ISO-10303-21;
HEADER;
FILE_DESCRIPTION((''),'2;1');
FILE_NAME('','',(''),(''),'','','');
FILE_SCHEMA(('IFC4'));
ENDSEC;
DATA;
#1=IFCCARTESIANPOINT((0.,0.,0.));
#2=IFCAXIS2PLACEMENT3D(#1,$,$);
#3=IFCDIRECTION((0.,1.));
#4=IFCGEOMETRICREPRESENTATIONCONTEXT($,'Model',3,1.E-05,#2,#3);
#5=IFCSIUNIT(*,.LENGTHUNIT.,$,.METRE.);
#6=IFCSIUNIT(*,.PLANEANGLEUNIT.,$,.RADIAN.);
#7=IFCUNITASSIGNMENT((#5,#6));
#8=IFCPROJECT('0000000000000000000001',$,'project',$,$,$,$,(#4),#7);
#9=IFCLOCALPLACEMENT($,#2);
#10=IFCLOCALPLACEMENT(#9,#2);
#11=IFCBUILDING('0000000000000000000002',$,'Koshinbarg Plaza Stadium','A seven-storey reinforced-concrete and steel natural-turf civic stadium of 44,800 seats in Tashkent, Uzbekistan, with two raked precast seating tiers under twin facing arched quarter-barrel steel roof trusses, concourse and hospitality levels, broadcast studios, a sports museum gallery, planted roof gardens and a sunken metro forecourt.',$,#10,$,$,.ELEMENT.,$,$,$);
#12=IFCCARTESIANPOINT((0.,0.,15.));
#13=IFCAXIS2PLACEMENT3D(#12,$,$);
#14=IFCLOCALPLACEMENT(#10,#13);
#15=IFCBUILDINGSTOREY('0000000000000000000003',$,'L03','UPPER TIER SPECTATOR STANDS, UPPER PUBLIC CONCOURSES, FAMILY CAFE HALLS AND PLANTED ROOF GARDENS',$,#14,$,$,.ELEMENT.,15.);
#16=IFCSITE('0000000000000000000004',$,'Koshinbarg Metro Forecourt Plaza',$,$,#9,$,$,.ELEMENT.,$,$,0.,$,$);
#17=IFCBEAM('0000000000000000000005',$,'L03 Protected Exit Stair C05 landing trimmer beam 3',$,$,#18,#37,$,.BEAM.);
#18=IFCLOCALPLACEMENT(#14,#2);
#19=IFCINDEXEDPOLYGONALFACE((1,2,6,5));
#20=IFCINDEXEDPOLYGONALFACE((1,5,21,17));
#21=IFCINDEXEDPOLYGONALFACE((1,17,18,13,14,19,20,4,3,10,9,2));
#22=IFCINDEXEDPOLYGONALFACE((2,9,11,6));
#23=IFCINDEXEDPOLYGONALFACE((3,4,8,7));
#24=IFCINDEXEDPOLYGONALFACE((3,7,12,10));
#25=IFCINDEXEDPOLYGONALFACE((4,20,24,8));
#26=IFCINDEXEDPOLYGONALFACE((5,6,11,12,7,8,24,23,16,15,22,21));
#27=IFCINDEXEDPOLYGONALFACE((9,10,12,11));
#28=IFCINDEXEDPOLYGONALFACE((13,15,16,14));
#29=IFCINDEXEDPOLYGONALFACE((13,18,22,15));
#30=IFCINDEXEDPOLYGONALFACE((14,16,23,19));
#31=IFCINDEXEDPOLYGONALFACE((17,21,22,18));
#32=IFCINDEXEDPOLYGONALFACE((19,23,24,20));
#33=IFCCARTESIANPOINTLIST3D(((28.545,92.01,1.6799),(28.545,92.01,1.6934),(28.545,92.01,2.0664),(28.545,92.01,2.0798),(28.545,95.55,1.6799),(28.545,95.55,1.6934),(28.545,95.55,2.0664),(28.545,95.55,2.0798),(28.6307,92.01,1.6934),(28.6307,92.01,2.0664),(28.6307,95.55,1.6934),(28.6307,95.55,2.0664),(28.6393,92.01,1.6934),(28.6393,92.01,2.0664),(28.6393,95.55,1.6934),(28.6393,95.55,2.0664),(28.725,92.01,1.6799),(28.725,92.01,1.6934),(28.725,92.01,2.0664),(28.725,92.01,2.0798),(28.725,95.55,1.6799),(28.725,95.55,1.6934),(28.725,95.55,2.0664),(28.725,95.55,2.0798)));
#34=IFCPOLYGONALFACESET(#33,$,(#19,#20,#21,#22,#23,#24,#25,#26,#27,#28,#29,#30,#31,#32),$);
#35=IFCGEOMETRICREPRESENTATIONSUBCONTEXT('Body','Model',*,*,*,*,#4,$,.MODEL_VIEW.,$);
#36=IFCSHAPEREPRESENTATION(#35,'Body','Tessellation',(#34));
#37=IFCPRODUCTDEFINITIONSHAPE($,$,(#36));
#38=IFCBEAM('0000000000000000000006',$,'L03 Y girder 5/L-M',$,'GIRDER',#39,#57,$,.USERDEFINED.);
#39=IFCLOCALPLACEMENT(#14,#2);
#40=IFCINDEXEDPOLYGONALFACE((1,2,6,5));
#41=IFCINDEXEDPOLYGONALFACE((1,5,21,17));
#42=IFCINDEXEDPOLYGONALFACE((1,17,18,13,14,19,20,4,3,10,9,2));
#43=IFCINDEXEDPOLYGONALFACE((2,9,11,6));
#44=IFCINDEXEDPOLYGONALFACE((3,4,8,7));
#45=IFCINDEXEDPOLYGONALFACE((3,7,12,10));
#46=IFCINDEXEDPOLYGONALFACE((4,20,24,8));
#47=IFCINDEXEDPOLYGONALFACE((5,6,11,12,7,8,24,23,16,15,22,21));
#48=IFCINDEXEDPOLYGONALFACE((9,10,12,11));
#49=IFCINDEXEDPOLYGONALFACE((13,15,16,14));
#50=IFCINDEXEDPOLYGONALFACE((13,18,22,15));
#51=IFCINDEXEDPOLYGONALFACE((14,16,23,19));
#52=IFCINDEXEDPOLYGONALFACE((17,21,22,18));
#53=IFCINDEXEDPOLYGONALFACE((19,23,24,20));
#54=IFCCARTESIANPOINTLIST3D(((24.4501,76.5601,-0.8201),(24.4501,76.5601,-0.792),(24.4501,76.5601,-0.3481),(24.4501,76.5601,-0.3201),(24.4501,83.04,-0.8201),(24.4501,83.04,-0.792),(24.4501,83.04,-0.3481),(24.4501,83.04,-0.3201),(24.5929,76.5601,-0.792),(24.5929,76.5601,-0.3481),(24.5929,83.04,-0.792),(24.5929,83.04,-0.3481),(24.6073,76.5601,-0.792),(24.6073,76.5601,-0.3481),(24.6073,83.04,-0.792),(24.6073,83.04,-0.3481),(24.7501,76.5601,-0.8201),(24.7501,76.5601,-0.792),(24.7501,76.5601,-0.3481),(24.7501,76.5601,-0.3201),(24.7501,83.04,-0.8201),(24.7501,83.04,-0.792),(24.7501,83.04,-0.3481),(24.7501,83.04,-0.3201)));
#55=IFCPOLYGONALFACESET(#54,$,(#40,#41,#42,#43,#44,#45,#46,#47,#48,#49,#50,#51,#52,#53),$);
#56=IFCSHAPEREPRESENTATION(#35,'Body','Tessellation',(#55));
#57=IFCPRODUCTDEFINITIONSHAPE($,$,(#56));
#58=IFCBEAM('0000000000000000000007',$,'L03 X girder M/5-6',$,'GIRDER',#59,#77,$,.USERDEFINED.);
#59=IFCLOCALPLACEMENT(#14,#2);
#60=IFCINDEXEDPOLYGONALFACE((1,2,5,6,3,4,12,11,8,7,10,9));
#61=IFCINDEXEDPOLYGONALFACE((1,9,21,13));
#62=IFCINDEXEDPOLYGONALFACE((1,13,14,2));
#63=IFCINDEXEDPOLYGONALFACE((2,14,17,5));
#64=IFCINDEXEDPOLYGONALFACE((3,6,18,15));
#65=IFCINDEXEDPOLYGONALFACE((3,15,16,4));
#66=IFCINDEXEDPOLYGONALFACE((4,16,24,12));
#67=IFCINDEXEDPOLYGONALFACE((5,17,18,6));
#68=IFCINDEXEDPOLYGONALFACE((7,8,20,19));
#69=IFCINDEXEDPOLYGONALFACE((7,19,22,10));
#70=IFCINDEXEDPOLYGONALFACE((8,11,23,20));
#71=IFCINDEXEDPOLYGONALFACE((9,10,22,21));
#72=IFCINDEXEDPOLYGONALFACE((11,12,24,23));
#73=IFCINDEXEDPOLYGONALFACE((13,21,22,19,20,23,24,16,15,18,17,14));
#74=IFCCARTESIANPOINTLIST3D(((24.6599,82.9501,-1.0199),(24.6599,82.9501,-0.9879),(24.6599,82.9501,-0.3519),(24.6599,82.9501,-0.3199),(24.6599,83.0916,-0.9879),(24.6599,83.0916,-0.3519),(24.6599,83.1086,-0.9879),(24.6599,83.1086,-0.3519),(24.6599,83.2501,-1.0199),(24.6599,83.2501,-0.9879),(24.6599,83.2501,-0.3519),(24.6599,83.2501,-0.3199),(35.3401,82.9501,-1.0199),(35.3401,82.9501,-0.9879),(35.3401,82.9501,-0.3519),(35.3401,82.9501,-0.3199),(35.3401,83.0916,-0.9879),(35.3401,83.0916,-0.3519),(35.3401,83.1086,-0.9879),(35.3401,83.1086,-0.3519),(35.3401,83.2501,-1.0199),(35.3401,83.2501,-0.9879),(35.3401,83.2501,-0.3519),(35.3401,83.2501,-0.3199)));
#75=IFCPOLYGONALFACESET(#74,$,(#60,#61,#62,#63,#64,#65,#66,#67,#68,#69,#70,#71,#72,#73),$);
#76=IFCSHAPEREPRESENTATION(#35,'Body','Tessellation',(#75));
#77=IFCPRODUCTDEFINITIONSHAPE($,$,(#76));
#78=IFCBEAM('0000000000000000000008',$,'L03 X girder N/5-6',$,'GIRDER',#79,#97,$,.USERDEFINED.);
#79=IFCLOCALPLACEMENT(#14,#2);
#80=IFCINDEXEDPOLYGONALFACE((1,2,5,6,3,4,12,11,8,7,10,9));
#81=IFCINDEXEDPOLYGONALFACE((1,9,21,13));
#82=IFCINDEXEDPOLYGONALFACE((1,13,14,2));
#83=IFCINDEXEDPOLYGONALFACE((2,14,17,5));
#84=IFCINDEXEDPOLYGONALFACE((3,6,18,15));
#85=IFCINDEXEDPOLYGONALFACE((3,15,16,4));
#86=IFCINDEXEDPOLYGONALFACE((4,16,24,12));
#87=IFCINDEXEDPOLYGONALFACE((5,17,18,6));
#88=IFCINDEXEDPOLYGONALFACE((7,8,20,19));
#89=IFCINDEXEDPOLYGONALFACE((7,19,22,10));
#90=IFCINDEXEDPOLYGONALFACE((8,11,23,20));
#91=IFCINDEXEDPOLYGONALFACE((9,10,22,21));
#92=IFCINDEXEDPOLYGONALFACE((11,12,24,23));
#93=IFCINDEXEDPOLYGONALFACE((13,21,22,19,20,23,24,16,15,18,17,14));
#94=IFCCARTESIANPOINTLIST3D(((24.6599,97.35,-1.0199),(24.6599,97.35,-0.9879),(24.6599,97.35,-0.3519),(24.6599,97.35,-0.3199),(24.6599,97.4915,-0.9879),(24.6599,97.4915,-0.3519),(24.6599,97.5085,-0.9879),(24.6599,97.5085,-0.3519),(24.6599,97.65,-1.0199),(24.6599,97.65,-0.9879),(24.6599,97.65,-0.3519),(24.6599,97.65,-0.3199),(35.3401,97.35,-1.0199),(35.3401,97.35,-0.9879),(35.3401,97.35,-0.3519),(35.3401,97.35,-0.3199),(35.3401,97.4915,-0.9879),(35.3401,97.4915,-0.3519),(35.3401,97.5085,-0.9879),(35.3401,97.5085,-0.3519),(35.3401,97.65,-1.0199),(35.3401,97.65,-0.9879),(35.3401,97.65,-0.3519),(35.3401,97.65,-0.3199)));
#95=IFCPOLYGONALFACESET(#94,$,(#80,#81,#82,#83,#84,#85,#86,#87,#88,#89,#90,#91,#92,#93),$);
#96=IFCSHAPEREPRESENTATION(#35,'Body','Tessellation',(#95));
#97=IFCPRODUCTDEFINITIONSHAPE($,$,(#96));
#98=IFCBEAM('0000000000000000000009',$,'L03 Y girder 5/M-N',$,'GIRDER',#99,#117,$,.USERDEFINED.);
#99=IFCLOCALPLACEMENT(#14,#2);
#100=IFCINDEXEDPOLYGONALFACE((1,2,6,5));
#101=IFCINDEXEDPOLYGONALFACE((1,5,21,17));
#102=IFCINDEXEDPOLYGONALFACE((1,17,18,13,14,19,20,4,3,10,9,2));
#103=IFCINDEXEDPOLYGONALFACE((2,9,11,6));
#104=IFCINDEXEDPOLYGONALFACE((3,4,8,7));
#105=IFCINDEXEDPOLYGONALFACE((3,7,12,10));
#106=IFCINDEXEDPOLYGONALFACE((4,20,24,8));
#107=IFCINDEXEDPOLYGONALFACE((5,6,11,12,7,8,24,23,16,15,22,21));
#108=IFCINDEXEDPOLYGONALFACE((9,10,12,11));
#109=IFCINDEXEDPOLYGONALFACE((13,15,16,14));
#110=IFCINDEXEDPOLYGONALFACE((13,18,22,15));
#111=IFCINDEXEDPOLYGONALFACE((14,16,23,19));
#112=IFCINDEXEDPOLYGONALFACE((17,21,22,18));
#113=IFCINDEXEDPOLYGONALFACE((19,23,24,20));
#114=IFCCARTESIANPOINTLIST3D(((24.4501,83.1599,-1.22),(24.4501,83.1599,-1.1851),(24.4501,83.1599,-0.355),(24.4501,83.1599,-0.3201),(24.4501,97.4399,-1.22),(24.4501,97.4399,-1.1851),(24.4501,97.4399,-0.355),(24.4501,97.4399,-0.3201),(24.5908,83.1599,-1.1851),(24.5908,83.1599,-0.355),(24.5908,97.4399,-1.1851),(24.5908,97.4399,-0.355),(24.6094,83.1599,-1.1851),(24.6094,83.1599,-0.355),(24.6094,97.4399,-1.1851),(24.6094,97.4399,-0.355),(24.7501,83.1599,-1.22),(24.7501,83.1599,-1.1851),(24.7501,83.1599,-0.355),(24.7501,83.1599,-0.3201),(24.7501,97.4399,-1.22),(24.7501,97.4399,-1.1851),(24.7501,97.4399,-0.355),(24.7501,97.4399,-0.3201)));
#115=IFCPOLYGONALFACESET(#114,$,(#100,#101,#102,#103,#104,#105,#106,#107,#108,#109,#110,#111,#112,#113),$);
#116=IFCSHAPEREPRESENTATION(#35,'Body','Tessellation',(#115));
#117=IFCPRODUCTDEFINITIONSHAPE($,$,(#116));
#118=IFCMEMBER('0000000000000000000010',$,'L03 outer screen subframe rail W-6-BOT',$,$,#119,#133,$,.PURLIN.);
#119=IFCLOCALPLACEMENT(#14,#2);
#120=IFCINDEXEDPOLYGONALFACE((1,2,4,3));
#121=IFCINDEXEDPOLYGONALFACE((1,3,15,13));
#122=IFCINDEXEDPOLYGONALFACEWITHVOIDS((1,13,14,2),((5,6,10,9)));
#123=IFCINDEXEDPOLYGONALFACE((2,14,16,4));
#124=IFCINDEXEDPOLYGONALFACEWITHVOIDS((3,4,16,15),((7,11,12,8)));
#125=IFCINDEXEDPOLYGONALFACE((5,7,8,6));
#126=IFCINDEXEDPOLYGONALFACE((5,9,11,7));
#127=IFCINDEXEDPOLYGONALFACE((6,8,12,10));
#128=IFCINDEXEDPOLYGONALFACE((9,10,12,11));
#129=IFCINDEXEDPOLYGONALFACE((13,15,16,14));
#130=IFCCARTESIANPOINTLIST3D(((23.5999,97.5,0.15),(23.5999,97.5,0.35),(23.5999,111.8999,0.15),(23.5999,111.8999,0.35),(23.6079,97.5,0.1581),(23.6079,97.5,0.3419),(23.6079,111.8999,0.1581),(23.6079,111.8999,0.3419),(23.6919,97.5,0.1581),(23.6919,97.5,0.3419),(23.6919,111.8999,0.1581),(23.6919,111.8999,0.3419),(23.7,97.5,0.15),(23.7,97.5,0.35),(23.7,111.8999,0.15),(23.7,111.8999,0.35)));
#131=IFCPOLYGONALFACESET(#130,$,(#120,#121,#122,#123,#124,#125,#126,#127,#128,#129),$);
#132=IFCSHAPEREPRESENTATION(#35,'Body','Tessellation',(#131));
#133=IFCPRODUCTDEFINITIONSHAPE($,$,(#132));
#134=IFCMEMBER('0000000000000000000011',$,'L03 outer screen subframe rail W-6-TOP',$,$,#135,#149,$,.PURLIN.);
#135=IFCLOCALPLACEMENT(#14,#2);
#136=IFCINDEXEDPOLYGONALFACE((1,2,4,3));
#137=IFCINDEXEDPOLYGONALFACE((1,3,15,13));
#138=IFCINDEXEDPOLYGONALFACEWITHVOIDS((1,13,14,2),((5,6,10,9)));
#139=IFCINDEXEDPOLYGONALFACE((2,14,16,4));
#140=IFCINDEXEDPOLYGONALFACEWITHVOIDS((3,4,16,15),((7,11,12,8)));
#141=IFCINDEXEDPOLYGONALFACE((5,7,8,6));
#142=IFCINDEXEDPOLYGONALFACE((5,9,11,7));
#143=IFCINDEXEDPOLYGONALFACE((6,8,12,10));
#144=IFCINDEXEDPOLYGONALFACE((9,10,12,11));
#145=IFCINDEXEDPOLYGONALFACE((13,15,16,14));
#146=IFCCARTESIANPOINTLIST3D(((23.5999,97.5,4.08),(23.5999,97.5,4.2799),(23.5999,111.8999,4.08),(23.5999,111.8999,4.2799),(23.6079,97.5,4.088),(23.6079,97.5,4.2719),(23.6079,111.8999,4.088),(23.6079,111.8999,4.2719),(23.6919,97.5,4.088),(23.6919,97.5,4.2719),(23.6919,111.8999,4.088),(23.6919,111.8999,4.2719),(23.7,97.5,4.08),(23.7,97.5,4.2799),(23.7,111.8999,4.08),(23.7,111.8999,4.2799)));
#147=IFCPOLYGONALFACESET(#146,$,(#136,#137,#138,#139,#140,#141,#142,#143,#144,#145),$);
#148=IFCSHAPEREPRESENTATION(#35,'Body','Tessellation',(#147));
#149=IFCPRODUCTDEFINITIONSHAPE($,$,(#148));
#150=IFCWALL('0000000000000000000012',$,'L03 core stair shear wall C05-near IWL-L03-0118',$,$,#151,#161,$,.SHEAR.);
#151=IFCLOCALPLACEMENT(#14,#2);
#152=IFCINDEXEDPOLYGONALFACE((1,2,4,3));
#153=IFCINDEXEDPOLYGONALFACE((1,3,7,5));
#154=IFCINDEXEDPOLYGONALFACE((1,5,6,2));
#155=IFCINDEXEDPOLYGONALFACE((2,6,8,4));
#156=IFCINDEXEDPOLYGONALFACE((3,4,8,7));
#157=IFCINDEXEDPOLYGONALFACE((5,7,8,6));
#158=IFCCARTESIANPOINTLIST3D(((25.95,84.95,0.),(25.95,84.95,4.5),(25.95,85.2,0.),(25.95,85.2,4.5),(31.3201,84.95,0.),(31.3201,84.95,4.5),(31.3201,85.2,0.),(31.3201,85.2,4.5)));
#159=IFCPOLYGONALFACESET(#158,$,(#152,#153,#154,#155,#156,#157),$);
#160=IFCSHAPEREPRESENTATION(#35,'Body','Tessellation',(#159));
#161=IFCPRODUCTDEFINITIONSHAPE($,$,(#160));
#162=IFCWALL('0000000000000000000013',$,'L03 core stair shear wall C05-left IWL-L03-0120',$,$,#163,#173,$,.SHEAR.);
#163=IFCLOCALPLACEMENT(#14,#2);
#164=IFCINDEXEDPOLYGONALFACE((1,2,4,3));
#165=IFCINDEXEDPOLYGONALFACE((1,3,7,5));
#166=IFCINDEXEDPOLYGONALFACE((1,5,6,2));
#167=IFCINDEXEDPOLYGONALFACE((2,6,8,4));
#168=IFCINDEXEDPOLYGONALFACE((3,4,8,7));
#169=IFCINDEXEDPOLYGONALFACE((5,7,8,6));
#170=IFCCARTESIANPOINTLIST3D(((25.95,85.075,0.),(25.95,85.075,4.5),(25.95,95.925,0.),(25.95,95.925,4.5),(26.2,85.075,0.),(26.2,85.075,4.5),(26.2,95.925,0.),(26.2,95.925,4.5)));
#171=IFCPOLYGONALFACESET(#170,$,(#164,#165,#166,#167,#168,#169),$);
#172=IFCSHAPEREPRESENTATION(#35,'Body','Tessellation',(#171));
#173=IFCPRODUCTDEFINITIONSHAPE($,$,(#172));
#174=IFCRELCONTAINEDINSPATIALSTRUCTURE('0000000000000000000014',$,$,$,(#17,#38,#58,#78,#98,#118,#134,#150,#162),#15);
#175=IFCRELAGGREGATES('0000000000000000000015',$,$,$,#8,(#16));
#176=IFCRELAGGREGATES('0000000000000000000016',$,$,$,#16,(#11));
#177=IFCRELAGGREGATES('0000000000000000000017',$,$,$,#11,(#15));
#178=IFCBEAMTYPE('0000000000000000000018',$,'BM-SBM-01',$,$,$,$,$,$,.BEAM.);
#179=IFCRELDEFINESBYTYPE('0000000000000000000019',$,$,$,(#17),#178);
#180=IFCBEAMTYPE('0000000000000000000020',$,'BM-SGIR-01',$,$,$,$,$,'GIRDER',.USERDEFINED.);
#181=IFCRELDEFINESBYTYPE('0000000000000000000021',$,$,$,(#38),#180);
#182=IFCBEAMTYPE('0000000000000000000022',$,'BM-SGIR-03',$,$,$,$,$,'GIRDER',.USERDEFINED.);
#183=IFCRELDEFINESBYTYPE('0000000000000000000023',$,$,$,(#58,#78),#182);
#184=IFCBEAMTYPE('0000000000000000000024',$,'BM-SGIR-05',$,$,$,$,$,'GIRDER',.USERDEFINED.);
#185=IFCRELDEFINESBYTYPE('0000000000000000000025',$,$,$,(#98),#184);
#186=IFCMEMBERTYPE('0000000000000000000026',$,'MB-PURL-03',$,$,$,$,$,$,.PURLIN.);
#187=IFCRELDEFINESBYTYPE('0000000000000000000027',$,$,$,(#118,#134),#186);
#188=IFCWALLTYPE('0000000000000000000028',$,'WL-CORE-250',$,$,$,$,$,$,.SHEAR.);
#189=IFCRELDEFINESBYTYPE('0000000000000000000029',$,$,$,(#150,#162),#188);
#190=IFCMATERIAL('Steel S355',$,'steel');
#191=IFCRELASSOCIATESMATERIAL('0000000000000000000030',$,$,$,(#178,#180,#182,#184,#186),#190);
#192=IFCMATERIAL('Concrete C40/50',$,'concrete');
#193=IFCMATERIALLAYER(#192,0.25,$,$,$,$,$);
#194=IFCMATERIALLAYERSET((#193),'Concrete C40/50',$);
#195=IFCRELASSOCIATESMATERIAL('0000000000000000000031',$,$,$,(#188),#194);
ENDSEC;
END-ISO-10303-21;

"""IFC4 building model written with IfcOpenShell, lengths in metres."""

from ifc_helpers import new_model, si_unit, direction, frame, frame_2d, origin, origin_2d, place, context, subcontext, project, spatial, rectangle, hollow_rectangle, i_section, extrude, material, layer, layer_set, material_profile, profile_set, type_object, element, save


model = new_model("IFC4")

# Units and contexts
model_context = context("Model", 3, precision=1e-05, world=origin(), true_north=direction((0.0, 1.0)))
body_context = subcontext(model_context, "Body", "Model", "MODEL_VIEW")
ifc_project = project(units=[si_unit("LENGTHUNIT", "METRE"), si_unit("PLANEANGLEUNIT", "RADIAN")], contexts=[model_context])

# Site, building, storey
site_placement = place(None, origin())
site = spatial("IfcSite", under=ifc_project, at=site_placement, Name="Koshinbarg Metro Forecourt Plaza", CompositionType="ELEMENT", RefElevation=0.0)
building_placement = place(site_placement, origin())
building = spatial("IfcBuilding", under=site, at=building_placement, Name="Koshinbarg Plaza Stadium", Description="A seven-storey reinforced-concrete and steel natural-turf civic stadium of 44,800 seats in Tashkent, Uzbekistan, with two raked precast seating tiers under twin facing arched quarter-barrel steel roof trusses, concourse and hospitality levels, broadcast studios, a sports museum gallery, planted roof gardens and a sunken metro forecourt.", CompositionType="ELEMENT")
storey_placement = place(building_placement, frame((0.0, 0.0, 15.0)))
storey = spatial("IfcBuildingStorey", under=building, at=storey_placement, Name="L03", Description="UPPER TIER SPECTATOR STANDS, UPPER PUBLIC CONCOURSES, FAMILY CAFE HALLS AND PLANTED ROOF GARDENS", CompositionType="ELEMENT", Elevation=15.0)

# Shared definitions
ifc_material_1 = material(Name="Concrete C40/50", Category="concrete")

# Beams
ifc_material_2 = material(Name="Steel S355", Category="steel")
ifc_material_profile_1 = material_profile(ifc_material_2, i_section(OverallWidth=0.1799, OverallDepth=0.3999, WebThickness=0.0085, FlangeThickness=0.0134, at=origin_2d()), Name="IPE 400")
ifc_profile_set_1 = profile_set([ifc_material_profile_1], Name="Steel S355")
beam_type_1 = type_object("IfcBeamType", Name="BM-SBM-01", PredefinedType="BEAM", material=ifc_profile_set_1)
beam_1_placement = place(storey_placement, frame((28.635, 92.01, 1.8799), z_axis=(0.0, 1.0, 0.0), x_axis=(-1.0, 0.0, 0.0)))
element("IfcBeam", 1, at=beam_1_placement, inside=storey, type_object=beam_type_1, Name="L03 Protected Exit Stair C05 landing trimmer beam 3", PredefinedType="BEAM", context=body_context, shape_type="SweptSolid", body=[
    extrude(i_section(OverallWidth=0.1799, OverallDepth=0.3999, WebThickness=0.0085, FlangeThickness=0.0134, at=origin_2d()), origin(), (0.0, 0.0, 1.0), 3.54),
])
ifc_material_profile_2 = material_profile(ifc_material_2, i_section(OverallWidth=0.3, OverallDepth=0.5, WebThickness=0.0144, FlangeThickness=0.0281, at=origin_2d()), Name="HEB 500")
ifc_profile_set_2 = profile_set([ifc_material_profile_2], Name="Steel S355")
beam_type_2 = type_object("IfcBeamType", Name="BM-SGIR-01", ElementType="GIRDER", PredefinedType="USERDEFINED", material=ifc_profile_set_2)
beam_2_placement = place(storey_placement, frame((24.6001, 76.5601, -0.5701), z_axis=(0.0, 1.0, 0.0), x_axis=(-1.0, 0.0, 0.0)))
element("IfcBeam", 2, at=beam_2_placement, inside=storey, type_object=beam_type_2, Name="L03 Y girder 5/L-M", ObjectType="GIRDER", PredefinedType="USERDEFINED", context=body_context, shape_type="SweptSolid", body=[
    extrude(i_section(OverallWidth=0.3, OverallDepth=0.5, WebThickness=0.0144, FlangeThickness=0.0281, at=origin_2d()), origin(), (0.0, 0.0, 1.0), 6.48),
])
ifc_material_profile_3 = material_profile(ifc_material_2, i_section(OverallWidth=0.3, OverallDepth=0.7, WebThickness=0.0171, FlangeThickness=0.032, at=origin_2d()), Name="HEB 700")
ifc_profile_set_3 = profile_set([ifc_material_profile_3], Name="Steel S355")
beam_type_3 = type_object("IfcBeamType", Name="BM-SGIR-03", ElementType="GIRDER", PredefinedType="USERDEFINED", material=ifc_profile_set_3)
for number, where, z_axis, x_axis, name in (
    (3, (24.6599, 83.1001, -0.6699), (1.0, 0.0, 0.0), (0.0, 1.0, 0.0), "L03 X girder M/5-6"),
    (4, (24.6599, 97.5, -0.6699), (1.0, 0.0, 0.0), (0.0, 1.0, 0.0), "L03 X girder N/5-6"),
):
    element("IfcBeam", number, at=place(storey_placement, frame(where, z_axis=z_axis, x_axis=x_axis)), inside=storey, type_object=beam_type_3, Name=name, ObjectType="GIRDER", PredefinedType="USERDEFINED", context=body_context, shape_type="SweptSolid", body=[
        extrude(i_section(OverallWidth=0.3, OverallDepth=0.7, WebThickness=0.0171, FlangeThickness=0.032, at=origin_2d()), origin(), (0.0, 0.0, 1.0), 10.6802),
    ])
ifc_material_profile_4 = material_profile(ifc_material_2, i_section(OverallWidth=0.3, OverallDepth=0.8999, WebThickness=0.0186, FlangeThickness=0.0349, at=origin_2d()), Name="HEB 900")
ifc_profile_set_4 = profile_set([ifc_material_profile_4], Name="Steel S355")
beam_type_4 = type_object("IfcBeamType", Name="BM-SGIR-05", ElementType="GIRDER", PredefinedType="USERDEFINED", material=ifc_profile_set_4)
beam_3_placement = place(storey_placement, frame((24.6001, 83.1599, -0.77), z_axis=(0.0, 1.0, 0.0), x_axis=(-1.0, 0.0, 0.0)))
element("IfcBeam", 5, at=beam_3_placement, inside=storey, type_object=beam_type_4, Name="L03 Y girder 5/M-N", ObjectType="GIRDER", PredefinedType="USERDEFINED", context=body_context, shape_type="SweptSolid", body=[
    extrude(i_section(OverallWidth=0.3, OverallDepth=0.8999, WebThickness=0.0186, FlangeThickness=0.0349, at=origin_2d()), origin(), (0.0, 0.0, 1.0), 14.28),
])

# Members
ifc_material_profile_5 = material_profile(ifc_material_2, hollow_rectangle(XDim=0.1001, YDim=0.2, WallThickness=0.0081, at=origin_2d()), Name="RHS 200x100x8")
ifc_profile_set_5 = profile_set([ifc_material_profile_5], Name="Steel S355")
member_type = type_object("IfcMemberType", Name="MB-PURL-03", PredefinedType="PURLIN", material=ifc_profile_set_5)
for number, where, z_axis, x_axis, name in (
    (6, (23.6499, 97.5, 0.25), (0.0, 1.0, 0.0), (-1.0, 0.0, 0.0), "L03 outer screen subframe rail W-6-BOT"),
    (7, (23.6499, 97.5, 4.1799), (0.0, 1.0, 0.0), (-1.0, 0.0, 0.0), "L03 outer screen subframe rail W-6-TOP"),
):
    element("IfcMember", number, at=place(storey_placement, frame(where, z_axis=z_axis, x_axis=x_axis)), inside=storey, type_object=member_type, Name=name, PredefinedType="PURLIN", context=body_context, shape_type="SweptSolid", body=[
        extrude(hollow_rectangle(XDim=0.1001, YDim=0.2, WallThickness=0.0081, at=origin_2d()), origin(), (0.0, 0.0, 1.0), 14.3999),
    ])

# Walls
ifc_layer_1 = layer(ifc_material_1, 0.25)
ifc_layer_set_1 = layer_set([ifc_layer_1], Name="Concrete C40/50")
wall_type_1 = type_object("IfcWallType", Name="WL-CORE-250", PredefinedType="SHEAR", material=ifc_layer_set_1)
wall_1_placement = place(storey_placement, frame((25.95, 85.075, 0.0), z_axis=(0.0, 0.0, 1.0), x_axis=(1.0, 0.0, 0.0)))
element("IfcWall", 8, at=wall_1_placement, inside=storey, type_object=wall_type_1, Name="L03 core stair shear wall C05-near IWL-L03-0118", PredefinedType="SHEAR", context=body_context, shape_type="SweptSolid", body=[
    extrude(rectangle(XDim=5.3701, YDim=0.25, at=frame_2d((2.6851, 0.0))), origin(), (0.0, 0.0, 1.0), 4.5),
])
wall_2_placement = place(storey_placement, frame((26.075, 85.075, 0.0), z_axis=(0.0, 0.0, 1.0), x_axis=(0.0, 1.0, 0.0)))
element("IfcWall", 9, at=wall_2_placement, inside=storey, type_object=wall_type_1, Name="L03 core stair shear wall C05-left IWL-L03-0120", PredefinedType="SHEAR", context=body_context, shape_type="SweptSolid", body=[
    extrude(rectangle(XDim=10.8501, YDim=0.25, at=frame_2d((5.425, 0.0))), origin(), (0.0, 0.0, 1.0), 4.5),
])

save(model, "model.ifc")
